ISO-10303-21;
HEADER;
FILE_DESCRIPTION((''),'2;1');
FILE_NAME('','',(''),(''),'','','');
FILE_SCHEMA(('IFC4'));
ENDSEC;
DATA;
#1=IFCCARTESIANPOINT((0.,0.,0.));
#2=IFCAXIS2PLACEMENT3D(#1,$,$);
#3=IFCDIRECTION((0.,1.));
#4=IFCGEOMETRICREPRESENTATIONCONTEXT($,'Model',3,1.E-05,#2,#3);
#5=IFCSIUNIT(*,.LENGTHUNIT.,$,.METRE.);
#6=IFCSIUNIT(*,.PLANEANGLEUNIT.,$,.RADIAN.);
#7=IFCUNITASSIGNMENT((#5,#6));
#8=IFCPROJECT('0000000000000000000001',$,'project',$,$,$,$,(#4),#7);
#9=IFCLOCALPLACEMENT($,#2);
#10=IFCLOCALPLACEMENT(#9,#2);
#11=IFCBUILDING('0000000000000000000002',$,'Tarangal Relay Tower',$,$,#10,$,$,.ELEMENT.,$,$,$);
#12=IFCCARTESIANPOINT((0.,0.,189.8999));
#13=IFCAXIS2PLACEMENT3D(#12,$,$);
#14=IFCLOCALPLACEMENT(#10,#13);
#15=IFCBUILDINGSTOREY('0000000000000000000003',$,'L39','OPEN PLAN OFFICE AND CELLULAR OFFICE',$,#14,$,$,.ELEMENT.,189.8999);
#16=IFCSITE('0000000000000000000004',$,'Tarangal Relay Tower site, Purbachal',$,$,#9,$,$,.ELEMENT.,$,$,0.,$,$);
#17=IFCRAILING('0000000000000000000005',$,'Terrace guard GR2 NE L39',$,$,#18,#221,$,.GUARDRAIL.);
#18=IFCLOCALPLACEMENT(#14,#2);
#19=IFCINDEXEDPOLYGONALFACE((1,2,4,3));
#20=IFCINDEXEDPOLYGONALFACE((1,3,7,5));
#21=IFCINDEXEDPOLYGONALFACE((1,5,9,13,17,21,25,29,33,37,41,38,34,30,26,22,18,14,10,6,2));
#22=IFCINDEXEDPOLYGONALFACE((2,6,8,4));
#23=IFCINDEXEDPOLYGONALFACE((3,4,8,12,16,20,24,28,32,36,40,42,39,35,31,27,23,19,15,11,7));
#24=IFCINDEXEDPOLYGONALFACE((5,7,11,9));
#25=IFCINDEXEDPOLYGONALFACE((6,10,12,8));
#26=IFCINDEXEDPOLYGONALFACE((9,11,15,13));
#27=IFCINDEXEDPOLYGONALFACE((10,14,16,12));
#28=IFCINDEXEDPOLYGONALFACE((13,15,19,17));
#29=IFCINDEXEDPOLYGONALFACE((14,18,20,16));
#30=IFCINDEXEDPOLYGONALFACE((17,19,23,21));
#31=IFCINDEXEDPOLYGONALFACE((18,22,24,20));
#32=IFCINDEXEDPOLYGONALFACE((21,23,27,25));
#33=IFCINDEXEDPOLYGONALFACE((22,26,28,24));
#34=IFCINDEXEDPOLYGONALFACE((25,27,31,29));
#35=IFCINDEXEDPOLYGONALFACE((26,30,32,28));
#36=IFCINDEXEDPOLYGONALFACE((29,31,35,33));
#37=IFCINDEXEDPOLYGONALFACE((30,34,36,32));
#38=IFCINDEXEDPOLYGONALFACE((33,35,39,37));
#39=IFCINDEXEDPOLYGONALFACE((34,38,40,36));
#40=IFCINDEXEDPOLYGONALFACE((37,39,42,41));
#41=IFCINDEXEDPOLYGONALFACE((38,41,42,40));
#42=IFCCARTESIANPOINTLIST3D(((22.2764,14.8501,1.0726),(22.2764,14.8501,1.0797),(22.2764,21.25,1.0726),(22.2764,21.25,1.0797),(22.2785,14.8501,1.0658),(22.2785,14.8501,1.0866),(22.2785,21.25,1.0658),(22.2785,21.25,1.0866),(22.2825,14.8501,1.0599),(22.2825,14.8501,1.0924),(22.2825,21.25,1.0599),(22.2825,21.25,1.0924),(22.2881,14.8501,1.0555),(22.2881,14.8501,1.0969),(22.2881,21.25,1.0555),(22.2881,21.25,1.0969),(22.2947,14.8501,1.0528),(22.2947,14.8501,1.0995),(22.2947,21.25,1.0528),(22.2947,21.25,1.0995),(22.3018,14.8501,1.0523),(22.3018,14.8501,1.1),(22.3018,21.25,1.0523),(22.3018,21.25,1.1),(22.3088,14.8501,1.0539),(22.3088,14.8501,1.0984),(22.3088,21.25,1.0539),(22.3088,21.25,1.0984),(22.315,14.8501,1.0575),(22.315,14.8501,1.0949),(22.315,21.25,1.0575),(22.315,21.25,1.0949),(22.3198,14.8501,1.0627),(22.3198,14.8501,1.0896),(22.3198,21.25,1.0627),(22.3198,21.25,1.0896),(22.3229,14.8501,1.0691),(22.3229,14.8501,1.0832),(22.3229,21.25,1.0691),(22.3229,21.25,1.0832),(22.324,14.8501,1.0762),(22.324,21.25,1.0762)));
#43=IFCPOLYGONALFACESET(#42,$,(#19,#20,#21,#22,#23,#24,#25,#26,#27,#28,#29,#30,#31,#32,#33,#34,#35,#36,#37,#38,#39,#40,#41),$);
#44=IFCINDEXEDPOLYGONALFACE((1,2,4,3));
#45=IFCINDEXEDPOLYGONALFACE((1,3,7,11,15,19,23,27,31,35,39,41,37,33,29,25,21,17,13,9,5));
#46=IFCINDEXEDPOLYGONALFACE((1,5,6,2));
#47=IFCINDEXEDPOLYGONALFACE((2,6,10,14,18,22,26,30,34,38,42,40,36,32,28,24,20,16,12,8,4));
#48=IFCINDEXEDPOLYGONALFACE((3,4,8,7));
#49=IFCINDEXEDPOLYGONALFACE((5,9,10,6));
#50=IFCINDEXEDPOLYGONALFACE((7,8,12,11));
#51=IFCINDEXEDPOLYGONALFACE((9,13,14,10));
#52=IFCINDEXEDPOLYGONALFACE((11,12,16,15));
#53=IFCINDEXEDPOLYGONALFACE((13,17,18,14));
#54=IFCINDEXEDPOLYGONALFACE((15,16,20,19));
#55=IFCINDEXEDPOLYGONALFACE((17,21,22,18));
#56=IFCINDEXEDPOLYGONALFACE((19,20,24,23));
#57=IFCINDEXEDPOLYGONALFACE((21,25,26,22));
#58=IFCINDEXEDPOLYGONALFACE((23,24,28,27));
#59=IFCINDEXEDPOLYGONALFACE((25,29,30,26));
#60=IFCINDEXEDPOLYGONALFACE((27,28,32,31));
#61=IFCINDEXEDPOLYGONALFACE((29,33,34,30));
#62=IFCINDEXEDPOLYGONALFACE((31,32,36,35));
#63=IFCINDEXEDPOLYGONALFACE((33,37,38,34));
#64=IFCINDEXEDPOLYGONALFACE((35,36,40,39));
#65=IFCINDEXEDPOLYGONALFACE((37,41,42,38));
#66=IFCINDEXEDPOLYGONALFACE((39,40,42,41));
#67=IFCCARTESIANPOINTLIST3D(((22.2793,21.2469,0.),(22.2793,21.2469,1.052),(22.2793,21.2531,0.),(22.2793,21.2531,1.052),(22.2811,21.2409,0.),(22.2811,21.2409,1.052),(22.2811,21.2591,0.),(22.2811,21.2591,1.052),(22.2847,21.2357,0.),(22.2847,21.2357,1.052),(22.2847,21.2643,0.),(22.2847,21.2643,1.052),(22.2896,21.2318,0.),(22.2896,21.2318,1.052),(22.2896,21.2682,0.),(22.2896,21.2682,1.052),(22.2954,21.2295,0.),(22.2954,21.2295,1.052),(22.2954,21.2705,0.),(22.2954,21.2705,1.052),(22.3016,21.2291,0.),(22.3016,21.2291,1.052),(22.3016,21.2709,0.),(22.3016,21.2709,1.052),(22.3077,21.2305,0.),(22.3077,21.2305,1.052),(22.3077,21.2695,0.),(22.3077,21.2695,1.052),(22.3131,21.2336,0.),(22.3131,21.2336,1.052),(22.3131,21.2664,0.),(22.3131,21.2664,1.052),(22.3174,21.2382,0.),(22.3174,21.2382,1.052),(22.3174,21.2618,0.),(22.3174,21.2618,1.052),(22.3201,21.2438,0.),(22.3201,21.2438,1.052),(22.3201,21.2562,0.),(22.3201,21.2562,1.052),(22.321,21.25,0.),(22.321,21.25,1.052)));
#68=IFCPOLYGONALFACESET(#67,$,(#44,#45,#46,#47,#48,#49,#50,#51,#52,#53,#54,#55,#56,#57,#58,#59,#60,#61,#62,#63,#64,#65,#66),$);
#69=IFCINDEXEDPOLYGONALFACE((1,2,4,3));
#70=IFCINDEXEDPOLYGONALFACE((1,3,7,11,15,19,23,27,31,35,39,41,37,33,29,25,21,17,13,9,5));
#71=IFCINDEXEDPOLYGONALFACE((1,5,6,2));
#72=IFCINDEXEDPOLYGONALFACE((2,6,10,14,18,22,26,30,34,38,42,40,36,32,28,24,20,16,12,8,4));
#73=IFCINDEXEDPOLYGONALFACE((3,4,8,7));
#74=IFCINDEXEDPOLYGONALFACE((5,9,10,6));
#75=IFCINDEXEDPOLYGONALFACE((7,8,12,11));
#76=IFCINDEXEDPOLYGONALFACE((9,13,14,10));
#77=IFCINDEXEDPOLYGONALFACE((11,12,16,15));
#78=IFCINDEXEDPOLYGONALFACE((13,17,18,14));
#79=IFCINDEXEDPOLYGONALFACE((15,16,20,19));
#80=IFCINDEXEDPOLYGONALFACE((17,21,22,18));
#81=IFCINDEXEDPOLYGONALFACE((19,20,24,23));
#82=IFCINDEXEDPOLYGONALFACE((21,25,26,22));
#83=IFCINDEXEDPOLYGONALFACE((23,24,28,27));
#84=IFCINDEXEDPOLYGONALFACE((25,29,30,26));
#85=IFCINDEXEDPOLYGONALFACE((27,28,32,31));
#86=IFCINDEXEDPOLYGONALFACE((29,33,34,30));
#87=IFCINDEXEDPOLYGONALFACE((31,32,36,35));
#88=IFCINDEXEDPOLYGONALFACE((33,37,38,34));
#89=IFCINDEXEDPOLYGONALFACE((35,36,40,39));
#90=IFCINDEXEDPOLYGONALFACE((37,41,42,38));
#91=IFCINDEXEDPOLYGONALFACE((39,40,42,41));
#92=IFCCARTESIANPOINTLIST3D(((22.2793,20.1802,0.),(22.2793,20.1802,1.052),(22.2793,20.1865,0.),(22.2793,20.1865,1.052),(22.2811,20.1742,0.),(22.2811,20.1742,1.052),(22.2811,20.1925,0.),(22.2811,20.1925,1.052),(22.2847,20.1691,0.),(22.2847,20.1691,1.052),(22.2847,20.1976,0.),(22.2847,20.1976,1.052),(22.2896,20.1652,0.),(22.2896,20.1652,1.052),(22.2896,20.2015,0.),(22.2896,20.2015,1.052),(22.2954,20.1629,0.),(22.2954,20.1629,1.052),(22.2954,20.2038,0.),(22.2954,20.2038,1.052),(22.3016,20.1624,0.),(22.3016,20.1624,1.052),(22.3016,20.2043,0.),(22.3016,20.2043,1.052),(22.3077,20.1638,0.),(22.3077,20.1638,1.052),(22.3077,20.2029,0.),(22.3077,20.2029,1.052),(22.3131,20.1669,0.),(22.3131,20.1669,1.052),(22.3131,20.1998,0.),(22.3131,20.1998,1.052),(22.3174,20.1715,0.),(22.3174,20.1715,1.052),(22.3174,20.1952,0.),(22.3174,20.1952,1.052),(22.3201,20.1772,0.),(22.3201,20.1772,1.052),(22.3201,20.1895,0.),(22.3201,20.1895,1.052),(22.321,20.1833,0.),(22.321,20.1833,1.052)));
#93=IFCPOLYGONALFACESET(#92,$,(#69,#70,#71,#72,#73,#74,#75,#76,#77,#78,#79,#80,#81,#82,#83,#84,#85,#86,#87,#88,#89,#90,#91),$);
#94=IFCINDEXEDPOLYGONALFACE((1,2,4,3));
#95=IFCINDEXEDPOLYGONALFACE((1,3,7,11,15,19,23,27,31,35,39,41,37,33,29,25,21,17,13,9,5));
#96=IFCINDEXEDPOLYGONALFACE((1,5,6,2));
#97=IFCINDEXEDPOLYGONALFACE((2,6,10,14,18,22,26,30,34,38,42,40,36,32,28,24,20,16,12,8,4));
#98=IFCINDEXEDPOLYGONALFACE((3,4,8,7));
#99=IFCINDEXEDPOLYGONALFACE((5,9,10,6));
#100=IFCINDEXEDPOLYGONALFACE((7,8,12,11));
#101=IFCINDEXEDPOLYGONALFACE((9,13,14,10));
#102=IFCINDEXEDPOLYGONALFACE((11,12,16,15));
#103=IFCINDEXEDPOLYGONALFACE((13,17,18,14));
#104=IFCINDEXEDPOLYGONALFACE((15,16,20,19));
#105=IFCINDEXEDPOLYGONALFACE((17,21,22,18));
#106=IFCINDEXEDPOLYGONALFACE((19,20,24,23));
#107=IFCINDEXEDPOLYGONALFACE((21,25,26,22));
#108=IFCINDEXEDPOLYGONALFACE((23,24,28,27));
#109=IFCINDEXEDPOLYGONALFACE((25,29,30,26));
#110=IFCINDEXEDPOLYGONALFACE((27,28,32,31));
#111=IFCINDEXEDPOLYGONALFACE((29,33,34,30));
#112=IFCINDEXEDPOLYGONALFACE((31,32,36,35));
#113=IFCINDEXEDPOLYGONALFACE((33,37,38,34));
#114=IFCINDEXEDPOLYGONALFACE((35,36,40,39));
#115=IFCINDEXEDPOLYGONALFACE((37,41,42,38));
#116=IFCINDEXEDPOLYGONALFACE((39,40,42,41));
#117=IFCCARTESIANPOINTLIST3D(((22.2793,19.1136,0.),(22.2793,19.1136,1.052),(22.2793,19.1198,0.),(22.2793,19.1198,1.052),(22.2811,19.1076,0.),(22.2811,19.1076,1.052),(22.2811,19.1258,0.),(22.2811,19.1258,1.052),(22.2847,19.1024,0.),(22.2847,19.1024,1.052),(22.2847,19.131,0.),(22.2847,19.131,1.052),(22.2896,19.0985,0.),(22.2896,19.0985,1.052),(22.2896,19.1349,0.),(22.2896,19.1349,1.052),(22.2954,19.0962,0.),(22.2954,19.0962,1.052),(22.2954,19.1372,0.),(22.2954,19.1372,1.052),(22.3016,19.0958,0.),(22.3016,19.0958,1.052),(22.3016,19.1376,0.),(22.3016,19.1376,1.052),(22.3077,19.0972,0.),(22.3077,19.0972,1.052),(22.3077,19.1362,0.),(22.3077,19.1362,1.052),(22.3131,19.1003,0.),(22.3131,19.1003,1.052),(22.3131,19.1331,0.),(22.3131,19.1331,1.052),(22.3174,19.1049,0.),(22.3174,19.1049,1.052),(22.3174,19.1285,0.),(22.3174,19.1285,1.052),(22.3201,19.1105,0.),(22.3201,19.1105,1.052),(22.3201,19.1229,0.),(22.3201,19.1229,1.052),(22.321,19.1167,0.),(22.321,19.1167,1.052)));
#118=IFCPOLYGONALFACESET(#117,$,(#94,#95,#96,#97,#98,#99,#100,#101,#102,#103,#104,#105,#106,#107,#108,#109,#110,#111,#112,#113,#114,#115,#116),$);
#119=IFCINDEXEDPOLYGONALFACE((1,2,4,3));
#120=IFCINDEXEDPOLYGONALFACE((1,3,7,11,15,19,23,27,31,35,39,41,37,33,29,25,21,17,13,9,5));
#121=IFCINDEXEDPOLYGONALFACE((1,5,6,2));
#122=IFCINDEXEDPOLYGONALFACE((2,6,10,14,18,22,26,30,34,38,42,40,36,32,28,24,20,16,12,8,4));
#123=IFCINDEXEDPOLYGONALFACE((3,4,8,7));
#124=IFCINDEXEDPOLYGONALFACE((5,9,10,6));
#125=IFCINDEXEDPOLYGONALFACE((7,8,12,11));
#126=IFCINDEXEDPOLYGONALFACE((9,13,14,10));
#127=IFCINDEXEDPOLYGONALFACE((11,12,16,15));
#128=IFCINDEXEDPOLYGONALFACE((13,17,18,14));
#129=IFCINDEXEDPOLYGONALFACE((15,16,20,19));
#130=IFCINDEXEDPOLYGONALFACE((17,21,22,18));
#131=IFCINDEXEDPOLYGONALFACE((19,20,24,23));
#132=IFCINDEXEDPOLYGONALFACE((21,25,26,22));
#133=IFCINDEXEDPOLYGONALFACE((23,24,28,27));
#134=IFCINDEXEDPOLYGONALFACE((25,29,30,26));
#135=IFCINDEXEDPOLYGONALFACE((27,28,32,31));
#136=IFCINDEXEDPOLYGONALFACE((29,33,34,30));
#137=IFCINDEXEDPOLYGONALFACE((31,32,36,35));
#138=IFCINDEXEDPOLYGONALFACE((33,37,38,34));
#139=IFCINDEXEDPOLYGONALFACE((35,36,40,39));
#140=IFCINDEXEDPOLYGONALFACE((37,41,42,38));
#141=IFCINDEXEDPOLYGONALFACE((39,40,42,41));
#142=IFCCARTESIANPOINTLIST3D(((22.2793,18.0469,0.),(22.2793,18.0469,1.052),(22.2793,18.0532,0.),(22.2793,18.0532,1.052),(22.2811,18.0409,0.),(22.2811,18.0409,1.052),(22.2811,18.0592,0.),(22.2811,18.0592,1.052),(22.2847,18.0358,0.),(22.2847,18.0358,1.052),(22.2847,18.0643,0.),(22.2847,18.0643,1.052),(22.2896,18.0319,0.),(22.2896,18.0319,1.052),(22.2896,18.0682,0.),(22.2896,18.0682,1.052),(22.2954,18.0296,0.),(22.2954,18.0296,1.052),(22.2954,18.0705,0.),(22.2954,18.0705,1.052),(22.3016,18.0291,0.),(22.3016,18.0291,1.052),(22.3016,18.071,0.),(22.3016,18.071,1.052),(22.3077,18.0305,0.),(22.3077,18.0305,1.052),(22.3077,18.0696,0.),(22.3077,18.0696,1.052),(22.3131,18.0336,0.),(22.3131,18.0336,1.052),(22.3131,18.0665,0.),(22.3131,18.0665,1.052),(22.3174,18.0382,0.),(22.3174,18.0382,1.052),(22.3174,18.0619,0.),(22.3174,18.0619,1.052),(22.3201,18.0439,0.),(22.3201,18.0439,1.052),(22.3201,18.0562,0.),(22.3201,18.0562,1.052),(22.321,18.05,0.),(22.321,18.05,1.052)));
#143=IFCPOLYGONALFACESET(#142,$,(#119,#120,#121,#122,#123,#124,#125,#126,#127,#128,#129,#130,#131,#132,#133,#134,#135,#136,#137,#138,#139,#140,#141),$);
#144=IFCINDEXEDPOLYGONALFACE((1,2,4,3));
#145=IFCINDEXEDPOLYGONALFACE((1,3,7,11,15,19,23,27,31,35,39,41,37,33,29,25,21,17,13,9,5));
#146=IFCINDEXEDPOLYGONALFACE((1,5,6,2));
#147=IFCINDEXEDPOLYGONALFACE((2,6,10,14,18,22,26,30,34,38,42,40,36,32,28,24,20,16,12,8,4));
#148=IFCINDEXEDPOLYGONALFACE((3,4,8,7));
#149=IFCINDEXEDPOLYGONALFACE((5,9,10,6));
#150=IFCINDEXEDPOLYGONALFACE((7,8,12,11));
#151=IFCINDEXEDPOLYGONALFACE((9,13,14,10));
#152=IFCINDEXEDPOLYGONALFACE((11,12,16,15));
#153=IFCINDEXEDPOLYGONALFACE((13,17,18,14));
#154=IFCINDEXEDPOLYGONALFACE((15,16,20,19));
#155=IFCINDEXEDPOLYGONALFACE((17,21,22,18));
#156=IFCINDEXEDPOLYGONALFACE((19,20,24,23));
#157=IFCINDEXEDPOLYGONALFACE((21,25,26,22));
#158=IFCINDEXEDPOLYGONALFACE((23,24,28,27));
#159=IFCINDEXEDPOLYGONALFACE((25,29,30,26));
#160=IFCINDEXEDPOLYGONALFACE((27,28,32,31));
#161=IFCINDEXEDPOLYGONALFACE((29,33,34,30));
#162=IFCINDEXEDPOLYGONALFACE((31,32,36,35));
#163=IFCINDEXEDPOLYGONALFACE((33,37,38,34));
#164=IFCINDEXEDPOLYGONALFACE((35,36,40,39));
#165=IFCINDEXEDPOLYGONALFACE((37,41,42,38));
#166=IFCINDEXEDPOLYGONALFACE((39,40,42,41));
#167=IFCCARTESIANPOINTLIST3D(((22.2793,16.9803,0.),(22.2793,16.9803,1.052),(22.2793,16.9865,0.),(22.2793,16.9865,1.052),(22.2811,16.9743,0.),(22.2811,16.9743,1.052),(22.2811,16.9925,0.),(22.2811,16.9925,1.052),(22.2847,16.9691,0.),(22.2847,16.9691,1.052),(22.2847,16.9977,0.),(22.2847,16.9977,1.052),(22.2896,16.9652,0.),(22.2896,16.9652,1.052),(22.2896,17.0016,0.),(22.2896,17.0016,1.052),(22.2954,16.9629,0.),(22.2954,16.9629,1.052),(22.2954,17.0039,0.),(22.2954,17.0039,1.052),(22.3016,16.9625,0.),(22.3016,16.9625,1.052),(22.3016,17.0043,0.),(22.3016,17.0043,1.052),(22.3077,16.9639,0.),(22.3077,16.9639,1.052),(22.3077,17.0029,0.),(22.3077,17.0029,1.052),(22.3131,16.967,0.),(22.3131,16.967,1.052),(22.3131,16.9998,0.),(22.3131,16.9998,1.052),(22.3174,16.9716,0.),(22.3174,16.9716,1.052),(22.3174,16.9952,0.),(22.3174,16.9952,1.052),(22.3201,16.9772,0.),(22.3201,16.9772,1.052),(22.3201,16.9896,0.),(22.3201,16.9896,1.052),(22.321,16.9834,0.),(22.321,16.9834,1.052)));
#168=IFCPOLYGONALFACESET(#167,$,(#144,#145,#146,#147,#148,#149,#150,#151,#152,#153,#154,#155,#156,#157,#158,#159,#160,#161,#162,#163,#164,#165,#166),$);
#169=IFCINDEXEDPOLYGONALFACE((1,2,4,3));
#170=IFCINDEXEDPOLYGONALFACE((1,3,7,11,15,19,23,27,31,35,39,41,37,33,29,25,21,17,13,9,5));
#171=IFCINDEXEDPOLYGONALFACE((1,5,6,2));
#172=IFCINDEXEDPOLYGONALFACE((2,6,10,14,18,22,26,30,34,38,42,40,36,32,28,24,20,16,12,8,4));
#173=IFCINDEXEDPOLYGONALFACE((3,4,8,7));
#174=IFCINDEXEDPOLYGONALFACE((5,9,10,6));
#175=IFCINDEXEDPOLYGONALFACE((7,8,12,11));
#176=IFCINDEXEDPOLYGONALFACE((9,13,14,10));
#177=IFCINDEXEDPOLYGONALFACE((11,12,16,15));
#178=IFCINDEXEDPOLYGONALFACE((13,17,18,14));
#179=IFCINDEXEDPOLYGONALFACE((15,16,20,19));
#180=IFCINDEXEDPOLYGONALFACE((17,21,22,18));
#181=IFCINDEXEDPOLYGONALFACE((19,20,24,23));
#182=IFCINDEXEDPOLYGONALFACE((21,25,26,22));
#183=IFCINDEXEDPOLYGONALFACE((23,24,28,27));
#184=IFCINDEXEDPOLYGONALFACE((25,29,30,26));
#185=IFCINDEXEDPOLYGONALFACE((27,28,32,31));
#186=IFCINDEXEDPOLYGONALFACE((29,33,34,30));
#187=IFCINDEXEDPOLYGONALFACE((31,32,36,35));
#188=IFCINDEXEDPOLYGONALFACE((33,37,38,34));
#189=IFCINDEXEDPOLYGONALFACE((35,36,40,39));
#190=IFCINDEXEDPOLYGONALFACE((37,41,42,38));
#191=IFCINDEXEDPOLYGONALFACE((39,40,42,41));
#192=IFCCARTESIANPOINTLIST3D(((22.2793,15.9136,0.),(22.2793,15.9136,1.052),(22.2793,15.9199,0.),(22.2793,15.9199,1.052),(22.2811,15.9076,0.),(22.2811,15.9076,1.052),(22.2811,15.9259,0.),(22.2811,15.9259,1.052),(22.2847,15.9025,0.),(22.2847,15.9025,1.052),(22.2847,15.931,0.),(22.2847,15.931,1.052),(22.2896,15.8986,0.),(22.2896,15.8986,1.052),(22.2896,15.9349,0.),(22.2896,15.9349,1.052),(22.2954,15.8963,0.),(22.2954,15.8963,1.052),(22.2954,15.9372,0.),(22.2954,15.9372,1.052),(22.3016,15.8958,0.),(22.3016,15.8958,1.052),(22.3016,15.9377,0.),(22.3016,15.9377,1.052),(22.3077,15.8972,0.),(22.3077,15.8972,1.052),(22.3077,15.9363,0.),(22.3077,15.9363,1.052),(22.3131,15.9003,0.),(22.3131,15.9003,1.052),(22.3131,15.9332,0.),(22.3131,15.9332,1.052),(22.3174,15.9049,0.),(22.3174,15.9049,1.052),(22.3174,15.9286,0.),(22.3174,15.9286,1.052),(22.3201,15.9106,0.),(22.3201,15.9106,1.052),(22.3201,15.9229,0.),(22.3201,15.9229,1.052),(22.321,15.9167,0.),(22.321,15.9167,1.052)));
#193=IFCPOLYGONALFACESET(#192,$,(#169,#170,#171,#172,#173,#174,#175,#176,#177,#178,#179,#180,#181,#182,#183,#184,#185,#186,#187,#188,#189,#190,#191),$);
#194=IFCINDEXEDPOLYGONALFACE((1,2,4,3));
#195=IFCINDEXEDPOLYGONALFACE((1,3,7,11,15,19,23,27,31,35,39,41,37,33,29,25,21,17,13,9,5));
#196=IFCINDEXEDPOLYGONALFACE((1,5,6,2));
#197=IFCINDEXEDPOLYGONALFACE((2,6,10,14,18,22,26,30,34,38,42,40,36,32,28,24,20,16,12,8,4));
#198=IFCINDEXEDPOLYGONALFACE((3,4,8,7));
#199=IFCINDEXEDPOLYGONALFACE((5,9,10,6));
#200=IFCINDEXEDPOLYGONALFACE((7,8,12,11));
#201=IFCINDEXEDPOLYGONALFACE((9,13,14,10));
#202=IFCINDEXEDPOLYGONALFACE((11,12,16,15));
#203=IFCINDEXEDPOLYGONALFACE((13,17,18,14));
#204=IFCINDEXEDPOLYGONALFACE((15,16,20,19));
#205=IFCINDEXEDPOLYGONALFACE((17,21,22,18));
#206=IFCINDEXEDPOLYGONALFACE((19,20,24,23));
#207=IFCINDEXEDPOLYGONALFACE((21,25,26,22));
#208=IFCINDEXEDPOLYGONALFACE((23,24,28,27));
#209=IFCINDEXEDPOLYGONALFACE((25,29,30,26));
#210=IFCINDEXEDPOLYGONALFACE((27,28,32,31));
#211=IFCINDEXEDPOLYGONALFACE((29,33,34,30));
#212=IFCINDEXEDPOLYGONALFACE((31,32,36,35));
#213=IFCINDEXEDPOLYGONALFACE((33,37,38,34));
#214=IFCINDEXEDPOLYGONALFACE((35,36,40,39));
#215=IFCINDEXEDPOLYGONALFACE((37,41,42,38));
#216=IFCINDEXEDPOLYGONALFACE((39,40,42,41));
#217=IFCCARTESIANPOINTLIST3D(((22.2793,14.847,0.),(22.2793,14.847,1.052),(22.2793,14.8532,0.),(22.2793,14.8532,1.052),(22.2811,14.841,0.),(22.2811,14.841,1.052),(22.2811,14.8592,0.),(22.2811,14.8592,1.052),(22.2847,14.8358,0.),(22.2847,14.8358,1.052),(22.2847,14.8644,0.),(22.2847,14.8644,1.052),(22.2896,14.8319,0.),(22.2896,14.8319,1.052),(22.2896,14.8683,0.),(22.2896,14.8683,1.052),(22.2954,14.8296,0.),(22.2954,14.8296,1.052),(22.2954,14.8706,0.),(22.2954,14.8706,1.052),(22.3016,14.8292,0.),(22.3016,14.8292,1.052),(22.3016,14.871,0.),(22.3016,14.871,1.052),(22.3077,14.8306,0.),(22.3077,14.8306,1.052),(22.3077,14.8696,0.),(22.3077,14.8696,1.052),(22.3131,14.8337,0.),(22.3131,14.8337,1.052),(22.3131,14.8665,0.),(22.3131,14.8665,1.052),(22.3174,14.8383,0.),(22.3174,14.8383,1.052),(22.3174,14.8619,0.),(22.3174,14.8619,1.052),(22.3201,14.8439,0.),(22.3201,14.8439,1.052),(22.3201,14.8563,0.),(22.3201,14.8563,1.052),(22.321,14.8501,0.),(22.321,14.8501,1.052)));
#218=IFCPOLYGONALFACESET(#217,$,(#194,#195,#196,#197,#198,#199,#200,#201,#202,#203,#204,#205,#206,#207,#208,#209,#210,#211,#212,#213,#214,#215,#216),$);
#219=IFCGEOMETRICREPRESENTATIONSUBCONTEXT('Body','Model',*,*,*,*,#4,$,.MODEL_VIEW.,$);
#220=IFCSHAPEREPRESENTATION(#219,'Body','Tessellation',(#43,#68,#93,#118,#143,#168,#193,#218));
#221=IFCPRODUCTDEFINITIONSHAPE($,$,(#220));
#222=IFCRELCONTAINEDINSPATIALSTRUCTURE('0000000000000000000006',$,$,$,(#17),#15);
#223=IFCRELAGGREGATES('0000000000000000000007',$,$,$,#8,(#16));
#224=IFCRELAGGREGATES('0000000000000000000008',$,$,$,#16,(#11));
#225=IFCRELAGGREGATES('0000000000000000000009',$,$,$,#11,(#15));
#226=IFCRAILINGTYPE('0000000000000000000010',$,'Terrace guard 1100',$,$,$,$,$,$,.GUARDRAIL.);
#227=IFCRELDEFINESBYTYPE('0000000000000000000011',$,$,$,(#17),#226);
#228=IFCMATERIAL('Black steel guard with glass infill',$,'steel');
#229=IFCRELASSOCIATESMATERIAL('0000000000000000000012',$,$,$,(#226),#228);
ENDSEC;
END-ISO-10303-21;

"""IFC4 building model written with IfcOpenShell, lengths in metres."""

from ifc_helpers import new_model, si_unit, direction, frame, origin, origin_2d, place, context, subcontext, project, spatial, circle, extrude, material, type_object, element, save


model = new_model("IFC4")

# Units and contexts
model_context = context("Model", 3, precision=1e-05, world=origin(), true_north=direction((0.0, 1.0)))
body_context = subcontext(model_context, "Body", "Model", "MODEL_VIEW")
ifc_project = project(units=[si_unit("LENGTHUNIT", "METRE"), si_unit("PLANEANGLEUNIT", "RADIAN")], contexts=[model_context])

# Site, building, storey
site_placement = place(None, origin())
site = spatial("IfcSite", under=ifc_project, at=site_placement, Name="Tarangal Relay Tower site, Purbachal", CompositionType="ELEMENT", RefElevation=0.0)
building_placement = place(site_placement, origin())
building = spatial("IfcBuilding", under=site, at=building_placement, Name="Tarangal Relay Tower", CompositionType="ELEMENT")
storey_placement = place(building_placement, frame((0.0, 0.0, 189.8999)))
storey = spatial("IfcBuildingStorey", under=building, at=storey_placement, Name="L39", Description="OPEN PLAN OFFICE AND CELLULAR OFFICE", CompositionType="ELEMENT", Elevation=189.8999)

# Railing
ifc_material_1 = material(Name="Black steel guard with glass infill", Category="steel")
railing_type = type_object("IfcRailingType", Name="Terrace guard 1100", PredefinedType="GUARDRAIL", material=ifc_material_1)
railing_1_placement = place(storey_placement, frame((22.3, 21.25, 0.0)))
element("IfcRailing", 1, at=railing_1_placement, inside=storey, type_object=railing_type, Name="Terrace guard GR2 NE L39", PredefinedType="GUARDRAIL", context=body_context, shape_type="SweptSolid", body=[
    extrude(circle(Radius=0.0239, at=origin_2d()), frame((0.0, 0.0, 1.0762), z_axis=(0.0, -1.0, 0.0), x_axis=(1.0, 0.0, 0.0)), (0.0, 0.0, 1.0), 6.3999),
    extrude(circle(Radius=0.021, at=origin_2d()), origin(), (0.0, 0.0, 1.0), 1.052),
    extrude(circle(Radius=0.021, at=origin_2d()), frame((0.0, -1.0667, 0.0)), (0.0, 0.0, 1.0), 1.052),
    extrude(circle(Radius=0.021, at=origin_2d()), frame((0.0, -2.1333, 0.0)), (0.0, 0.0, 1.0), 1.052),
    extrude(circle(Radius=0.021, at=origin_2d()), frame((0.0, -3.2, 0.0)), (0.0, 0.0, 1.0), 1.052),
    extrude(circle(Radius=0.021, at=origin_2d()), frame((0.0, -4.2666, 0.0)), (0.0, 0.0, 1.0), 1.052),
    extrude(circle(Radius=0.021, at=origin_2d()), frame((0.0, -5.3333, 0.0)), (0.0, 0.0, 1.0), 1.052),
    extrude(circle(Radius=0.021, at=origin_2d()), frame((0.0, -6.3999, 0.0)), (0.0, 0.0, 1.0), 1.052),
])

save(model, "model.ifc")
